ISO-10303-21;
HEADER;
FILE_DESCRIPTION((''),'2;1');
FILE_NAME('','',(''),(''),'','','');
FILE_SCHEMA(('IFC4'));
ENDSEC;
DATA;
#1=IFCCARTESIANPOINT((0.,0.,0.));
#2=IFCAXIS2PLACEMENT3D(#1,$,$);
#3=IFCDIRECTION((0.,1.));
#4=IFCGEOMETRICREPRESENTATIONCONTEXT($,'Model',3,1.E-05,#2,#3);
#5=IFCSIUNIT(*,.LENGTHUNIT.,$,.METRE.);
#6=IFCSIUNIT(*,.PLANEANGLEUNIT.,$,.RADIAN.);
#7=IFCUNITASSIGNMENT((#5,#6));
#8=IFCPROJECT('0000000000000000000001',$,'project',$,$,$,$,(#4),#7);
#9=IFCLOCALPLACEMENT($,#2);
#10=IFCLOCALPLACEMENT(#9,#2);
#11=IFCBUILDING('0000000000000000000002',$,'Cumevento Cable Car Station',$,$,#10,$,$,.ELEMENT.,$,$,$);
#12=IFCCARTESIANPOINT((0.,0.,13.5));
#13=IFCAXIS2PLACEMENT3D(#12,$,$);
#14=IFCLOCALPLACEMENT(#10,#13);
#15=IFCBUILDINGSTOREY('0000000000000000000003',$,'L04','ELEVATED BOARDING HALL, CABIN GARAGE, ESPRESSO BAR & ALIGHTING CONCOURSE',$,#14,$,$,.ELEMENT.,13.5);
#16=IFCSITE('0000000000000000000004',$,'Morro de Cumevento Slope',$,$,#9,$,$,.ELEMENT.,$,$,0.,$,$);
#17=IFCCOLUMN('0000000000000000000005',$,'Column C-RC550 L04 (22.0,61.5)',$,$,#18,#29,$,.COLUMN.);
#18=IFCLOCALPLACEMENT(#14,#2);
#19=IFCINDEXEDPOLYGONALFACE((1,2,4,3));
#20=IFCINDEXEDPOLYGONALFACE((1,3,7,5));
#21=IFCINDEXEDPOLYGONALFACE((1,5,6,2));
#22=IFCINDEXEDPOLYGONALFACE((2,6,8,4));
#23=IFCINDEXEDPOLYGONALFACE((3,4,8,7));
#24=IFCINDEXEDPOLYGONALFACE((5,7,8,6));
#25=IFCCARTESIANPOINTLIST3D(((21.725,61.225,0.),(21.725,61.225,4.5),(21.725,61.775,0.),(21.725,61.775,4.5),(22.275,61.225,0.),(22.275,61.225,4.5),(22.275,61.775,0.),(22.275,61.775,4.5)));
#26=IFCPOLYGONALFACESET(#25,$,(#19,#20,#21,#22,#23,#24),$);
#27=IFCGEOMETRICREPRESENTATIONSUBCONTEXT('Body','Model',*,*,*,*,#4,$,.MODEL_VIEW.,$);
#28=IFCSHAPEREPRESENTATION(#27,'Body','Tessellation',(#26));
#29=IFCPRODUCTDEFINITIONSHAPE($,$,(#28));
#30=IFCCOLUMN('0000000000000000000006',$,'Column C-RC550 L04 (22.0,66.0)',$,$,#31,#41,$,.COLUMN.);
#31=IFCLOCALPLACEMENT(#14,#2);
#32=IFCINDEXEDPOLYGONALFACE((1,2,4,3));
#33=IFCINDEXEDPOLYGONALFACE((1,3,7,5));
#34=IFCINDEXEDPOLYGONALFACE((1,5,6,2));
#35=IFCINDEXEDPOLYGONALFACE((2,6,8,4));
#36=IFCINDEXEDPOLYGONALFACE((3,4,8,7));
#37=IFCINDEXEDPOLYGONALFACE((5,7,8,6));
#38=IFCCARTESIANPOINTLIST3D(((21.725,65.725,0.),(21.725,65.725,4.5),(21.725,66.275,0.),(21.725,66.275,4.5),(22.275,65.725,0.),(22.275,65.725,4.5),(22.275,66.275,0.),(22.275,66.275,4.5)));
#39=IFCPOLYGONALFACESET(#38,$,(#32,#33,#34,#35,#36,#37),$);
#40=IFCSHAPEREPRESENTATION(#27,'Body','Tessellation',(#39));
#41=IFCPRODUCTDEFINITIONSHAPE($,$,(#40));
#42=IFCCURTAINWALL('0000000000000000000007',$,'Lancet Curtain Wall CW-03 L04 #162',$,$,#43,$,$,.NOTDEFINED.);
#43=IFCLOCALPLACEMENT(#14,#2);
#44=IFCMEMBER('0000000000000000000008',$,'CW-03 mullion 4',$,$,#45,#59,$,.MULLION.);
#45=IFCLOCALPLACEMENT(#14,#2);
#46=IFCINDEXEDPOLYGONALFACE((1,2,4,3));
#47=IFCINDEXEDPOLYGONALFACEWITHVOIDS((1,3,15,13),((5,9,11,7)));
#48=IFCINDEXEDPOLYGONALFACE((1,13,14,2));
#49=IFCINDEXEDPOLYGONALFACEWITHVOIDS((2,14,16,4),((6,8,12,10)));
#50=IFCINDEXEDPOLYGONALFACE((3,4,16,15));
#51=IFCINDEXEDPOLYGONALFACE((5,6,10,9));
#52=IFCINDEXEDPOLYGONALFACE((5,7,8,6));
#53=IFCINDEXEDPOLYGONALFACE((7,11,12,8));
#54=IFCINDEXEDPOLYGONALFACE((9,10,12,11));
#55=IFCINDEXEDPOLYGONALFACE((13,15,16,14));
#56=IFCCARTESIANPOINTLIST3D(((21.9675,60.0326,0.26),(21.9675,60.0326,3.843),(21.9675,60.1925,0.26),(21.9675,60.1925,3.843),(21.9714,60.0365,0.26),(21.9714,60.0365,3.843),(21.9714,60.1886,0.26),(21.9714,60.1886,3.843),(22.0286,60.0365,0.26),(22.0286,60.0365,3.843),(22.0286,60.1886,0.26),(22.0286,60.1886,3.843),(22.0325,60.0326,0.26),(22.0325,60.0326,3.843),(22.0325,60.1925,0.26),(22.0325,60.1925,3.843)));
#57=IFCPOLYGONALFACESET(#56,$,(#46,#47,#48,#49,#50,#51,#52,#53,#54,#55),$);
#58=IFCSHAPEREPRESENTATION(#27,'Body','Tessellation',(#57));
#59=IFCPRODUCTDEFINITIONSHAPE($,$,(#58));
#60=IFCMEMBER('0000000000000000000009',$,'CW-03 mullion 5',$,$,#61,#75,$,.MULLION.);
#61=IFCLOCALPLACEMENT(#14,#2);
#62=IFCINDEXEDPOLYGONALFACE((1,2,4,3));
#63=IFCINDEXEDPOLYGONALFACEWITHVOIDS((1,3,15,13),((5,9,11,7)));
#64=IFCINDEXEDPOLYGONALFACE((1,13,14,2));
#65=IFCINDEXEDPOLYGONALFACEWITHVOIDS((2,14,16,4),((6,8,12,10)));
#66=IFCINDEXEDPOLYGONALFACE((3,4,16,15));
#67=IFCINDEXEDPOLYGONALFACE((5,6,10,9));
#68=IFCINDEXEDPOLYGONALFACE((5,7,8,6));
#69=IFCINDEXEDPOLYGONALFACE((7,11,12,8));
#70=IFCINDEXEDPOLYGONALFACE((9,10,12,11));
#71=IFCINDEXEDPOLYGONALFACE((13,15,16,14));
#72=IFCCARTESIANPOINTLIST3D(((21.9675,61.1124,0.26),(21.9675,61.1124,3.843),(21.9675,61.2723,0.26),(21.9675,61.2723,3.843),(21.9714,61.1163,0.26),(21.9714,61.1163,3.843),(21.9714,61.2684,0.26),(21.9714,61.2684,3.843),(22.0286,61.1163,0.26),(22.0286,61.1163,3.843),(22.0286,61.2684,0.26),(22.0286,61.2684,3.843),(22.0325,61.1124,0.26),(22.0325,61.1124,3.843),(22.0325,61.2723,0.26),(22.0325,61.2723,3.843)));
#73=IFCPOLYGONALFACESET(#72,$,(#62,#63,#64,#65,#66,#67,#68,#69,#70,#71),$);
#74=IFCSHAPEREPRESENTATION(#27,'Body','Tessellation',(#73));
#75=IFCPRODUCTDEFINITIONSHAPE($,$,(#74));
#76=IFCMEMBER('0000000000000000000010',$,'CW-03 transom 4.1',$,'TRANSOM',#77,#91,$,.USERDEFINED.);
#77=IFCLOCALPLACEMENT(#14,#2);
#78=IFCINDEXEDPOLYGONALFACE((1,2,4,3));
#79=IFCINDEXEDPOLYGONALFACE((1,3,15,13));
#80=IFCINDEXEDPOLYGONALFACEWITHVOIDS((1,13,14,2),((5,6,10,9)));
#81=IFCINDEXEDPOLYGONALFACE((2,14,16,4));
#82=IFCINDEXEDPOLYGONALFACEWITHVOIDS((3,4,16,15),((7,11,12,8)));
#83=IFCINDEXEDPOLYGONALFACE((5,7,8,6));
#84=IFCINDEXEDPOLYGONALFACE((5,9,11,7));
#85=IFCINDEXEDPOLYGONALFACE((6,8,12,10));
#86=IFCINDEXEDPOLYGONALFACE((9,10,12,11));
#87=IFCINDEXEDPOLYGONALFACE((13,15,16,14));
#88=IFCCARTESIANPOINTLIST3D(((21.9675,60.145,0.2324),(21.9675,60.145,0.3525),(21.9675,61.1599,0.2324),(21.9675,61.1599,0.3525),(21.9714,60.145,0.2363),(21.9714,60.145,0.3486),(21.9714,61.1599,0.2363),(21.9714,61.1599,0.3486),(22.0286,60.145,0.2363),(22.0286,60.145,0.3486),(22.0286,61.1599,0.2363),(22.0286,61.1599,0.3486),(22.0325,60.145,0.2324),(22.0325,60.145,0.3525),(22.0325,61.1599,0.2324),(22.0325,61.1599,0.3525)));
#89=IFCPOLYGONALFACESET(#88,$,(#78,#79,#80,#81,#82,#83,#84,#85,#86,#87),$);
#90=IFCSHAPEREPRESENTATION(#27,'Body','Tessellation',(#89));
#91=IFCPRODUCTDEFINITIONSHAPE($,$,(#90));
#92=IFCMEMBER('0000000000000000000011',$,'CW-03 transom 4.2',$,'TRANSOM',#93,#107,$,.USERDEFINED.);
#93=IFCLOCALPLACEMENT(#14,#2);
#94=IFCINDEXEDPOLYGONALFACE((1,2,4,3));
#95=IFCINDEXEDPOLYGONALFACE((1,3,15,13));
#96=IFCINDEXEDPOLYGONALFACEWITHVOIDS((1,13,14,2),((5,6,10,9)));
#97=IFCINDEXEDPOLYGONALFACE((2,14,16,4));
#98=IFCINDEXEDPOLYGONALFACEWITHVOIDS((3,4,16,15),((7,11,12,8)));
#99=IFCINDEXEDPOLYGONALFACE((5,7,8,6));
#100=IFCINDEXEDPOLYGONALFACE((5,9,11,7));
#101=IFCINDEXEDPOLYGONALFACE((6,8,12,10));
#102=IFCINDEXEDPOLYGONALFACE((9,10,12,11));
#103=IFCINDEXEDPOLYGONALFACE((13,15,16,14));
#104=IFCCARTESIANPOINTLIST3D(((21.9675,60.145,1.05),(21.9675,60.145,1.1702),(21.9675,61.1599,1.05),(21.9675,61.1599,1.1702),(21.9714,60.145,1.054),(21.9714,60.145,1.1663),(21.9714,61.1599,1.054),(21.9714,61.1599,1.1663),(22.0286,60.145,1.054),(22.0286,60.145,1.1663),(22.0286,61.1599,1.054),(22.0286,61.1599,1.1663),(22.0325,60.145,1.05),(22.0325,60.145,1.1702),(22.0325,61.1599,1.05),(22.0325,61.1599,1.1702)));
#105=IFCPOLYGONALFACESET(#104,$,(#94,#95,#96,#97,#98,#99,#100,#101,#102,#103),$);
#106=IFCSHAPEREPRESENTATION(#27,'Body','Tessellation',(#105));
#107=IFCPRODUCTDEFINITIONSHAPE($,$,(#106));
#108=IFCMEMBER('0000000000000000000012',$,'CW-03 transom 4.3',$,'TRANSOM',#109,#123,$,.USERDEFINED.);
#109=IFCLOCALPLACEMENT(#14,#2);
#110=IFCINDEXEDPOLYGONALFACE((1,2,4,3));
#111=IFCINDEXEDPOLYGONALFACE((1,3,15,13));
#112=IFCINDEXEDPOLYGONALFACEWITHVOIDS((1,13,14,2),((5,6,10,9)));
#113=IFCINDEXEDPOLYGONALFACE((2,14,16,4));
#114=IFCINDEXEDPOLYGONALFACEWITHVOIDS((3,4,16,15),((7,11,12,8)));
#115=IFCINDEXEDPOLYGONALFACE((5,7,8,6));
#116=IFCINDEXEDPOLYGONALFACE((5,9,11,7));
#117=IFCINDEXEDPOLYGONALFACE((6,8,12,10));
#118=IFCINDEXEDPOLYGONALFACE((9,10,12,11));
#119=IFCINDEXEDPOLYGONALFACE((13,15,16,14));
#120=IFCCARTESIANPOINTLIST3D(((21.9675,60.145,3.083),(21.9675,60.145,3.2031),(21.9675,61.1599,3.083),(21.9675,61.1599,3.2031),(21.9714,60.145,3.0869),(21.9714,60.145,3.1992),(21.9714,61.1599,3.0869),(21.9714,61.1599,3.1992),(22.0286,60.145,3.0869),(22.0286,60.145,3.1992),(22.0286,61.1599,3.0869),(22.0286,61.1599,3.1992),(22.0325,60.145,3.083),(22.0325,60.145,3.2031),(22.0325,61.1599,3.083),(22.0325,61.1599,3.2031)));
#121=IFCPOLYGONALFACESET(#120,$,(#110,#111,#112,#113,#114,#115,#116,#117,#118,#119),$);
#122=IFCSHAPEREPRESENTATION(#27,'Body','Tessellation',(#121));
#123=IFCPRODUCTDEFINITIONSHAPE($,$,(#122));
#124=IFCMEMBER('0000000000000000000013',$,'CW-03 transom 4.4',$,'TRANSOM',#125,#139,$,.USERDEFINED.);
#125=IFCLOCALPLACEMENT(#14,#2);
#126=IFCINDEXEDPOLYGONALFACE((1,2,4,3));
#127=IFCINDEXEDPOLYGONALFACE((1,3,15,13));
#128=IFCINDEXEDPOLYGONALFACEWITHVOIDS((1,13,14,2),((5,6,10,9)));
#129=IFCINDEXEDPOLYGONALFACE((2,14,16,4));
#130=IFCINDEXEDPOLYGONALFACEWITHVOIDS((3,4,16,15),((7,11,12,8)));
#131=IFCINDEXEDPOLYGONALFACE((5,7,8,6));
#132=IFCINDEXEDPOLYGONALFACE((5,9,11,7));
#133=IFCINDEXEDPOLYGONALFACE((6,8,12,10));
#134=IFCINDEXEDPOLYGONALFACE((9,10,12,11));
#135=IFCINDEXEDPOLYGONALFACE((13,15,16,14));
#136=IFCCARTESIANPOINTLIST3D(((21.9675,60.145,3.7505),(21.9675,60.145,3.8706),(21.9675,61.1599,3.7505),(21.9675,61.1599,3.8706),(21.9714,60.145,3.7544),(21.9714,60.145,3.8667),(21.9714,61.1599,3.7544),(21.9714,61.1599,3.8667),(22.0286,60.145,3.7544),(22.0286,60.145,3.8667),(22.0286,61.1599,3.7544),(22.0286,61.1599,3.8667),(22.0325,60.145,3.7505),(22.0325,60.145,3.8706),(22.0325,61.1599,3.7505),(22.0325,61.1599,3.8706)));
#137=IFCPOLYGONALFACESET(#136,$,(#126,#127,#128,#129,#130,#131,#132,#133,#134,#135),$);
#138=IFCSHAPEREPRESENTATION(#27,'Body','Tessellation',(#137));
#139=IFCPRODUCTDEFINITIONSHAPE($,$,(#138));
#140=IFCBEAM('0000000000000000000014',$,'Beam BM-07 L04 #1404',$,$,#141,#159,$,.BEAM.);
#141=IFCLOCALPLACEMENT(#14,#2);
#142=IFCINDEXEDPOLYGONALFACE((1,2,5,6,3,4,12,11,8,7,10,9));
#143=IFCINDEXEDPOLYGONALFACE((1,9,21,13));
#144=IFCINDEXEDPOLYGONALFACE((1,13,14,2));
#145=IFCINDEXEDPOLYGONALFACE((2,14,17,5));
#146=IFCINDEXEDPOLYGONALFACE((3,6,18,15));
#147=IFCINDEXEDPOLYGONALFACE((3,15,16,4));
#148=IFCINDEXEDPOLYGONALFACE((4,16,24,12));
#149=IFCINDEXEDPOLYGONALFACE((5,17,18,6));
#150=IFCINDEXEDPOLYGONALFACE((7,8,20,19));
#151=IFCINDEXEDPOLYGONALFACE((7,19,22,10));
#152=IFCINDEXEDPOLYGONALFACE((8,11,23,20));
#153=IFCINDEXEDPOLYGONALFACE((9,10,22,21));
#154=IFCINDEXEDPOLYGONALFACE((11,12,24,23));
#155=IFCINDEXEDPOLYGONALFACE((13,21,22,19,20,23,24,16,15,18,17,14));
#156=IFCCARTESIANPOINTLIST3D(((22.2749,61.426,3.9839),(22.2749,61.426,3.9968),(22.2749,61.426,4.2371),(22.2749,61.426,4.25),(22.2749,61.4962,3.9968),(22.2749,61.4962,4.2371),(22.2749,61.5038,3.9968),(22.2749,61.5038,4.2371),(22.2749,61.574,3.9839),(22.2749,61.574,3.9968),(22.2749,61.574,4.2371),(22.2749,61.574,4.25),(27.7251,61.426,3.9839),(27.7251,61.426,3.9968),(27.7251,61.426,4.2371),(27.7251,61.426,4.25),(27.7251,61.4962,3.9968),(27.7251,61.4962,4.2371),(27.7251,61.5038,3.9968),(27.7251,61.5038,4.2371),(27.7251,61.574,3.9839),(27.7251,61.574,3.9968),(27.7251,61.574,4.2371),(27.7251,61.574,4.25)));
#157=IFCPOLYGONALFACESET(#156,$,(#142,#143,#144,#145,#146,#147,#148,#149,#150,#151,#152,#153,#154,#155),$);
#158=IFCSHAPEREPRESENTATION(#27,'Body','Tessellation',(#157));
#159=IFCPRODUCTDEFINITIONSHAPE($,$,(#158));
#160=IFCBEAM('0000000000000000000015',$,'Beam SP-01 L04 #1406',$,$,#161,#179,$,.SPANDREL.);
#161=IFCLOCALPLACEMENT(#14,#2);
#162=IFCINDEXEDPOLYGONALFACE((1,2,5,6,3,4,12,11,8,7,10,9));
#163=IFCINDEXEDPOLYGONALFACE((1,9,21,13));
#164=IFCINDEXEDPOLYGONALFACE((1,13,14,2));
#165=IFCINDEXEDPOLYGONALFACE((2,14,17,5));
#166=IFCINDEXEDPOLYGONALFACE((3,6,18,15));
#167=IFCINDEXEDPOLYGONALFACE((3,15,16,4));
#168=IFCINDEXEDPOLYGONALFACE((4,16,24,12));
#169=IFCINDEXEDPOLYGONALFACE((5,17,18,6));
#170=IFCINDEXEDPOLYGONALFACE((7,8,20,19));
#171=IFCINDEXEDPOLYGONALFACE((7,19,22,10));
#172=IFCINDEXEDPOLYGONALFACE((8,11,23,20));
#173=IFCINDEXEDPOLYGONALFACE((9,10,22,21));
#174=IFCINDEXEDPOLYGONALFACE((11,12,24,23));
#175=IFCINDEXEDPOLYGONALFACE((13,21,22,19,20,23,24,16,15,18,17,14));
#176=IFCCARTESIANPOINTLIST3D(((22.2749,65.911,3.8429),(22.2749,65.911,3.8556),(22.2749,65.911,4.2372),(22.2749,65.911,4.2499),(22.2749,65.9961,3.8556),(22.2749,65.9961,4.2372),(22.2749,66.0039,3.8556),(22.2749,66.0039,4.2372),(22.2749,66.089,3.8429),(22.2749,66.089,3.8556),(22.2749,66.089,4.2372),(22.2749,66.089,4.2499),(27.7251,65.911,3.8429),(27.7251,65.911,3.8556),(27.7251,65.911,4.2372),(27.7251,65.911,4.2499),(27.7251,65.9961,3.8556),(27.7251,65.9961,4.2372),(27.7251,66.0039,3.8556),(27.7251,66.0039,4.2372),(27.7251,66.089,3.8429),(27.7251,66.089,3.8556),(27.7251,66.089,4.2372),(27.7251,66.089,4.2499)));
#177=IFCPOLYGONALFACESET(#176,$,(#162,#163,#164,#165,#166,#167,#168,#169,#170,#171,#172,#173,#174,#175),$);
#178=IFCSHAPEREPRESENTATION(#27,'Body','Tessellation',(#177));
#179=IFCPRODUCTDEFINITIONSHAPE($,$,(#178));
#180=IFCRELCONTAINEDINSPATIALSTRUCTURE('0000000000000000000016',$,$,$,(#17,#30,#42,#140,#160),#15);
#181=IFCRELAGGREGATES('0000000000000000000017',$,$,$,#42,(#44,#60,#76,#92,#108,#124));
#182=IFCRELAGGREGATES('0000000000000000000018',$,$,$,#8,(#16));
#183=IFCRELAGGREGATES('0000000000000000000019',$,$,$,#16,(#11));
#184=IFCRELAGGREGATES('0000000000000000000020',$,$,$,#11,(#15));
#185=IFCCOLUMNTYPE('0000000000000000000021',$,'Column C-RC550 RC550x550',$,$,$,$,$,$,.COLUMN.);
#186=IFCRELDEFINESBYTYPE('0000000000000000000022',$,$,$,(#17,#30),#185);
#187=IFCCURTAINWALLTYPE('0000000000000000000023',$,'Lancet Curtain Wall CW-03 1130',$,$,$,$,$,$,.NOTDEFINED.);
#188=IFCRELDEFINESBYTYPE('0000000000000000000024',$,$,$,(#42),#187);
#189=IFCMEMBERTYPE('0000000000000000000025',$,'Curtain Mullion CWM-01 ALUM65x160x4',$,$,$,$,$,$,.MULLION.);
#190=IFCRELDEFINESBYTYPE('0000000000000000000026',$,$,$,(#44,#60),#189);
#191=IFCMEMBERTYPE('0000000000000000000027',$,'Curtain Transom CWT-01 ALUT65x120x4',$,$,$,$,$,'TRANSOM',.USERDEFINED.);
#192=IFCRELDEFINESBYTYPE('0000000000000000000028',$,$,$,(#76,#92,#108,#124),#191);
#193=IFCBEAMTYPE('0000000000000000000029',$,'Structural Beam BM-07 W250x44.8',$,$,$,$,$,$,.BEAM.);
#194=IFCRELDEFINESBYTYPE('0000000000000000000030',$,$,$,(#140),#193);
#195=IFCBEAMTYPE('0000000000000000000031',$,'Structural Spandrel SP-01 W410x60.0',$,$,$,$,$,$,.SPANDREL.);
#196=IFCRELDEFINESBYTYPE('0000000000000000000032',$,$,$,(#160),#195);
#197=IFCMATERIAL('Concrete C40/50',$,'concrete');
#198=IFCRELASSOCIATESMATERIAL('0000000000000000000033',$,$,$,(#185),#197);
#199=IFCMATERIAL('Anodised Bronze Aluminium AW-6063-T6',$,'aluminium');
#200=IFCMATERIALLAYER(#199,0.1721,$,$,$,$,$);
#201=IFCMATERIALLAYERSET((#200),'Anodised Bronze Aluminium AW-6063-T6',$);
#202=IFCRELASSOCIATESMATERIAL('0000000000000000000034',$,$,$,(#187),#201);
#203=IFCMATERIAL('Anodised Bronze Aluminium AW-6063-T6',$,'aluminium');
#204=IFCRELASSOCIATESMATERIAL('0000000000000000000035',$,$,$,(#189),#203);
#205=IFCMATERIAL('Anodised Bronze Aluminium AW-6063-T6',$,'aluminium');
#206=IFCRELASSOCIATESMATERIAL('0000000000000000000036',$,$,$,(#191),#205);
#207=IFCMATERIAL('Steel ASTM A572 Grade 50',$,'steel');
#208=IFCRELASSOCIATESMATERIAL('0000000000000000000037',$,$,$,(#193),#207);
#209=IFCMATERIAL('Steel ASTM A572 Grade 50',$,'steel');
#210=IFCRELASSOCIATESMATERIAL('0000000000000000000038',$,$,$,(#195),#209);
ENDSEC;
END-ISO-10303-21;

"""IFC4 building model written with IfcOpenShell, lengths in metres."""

from ifc_helpers import new_model, si_unit, direction, frame, origin, origin_2d, place, context, subcontext, project, spatial, rectangle, hollow_rectangle, i_section, extrude, material, layer, layer_set, material_profile, profile_set, type_object, element, aggregate, save


model = new_model("IFC4")

# Units and contexts
model_context = context("Model", 3, precision=1e-05, world=origin(), true_north=direction((0.0, 1.0)))
body_context = subcontext(model_context, "Body", "Model", "MODEL_VIEW")
ifc_project = project(units=[si_unit("LENGTHUNIT", "METRE"), si_unit("PLANEANGLEUNIT", "RADIAN")], contexts=[model_context])

# Site, building, storey
site_placement = place(None, origin())
site = spatial("IfcSite", under=ifc_project, at=site_placement, Name="Morro de Cumevento Slope", CompositionType="ELEMENT", RefElevation=0.0)
building_placement = place(site_placement, origin())
building = spatial("IfcBuilding", under=site, at=building_placement, Name="Cumevento Cable Car Station", CompositionType="ELEMENT")
storey_placement = place(building_placement, frame((0.0, 0.0, 13.5)))
storey = spatial("IfcBuildingStorey", under=building, at=storey_placement, Name="L04", Description="ELEVATED BOARDING HALL, CABIN GARAGE, ESPRESSO BAR & ALIGHTING CONCOURSE", CompositionType="ELEMENT", Elevation=13.5)

# Columns
ifc_material_1 = material(Name="Concrete C40/50", Category="concrete")
ifc_material_profile_1 = material_profile(ifc_material_1, rectangle(XDim=0.55, YDim=0.55, at=origin_2d()), Name="RC550x550")
ifc_profile_set_1 = profile_set([ifc_material_profile_1], Name="Concrete C40/50")
column_type = type_object("IfcColumnType", Name="Column C-RC550 RC550x550", PredefinedType="COLUMN", material=ifc_profile_set_1)
for number, where, z_axis, x_axis, name in (
    (1, (22.0, 61.5, 0.0), (0.0, 0.0, 1.0), (1.0, 0.0, 0.0), "Column C-RC550 L04 (22.0,61.5)"),
    (2, (22.0, 66.0, 0.0), (0.0, 0.0, 1.0), (1.0, 0.0, 0.0), "Column C-RC550 L04 (22.0,66.0)"),
):
    element("IfcColumn", number, at=place(storey_placement, frame(where, z_axis=z_axis, x_axis=x_axis)), inside=storey, type_object=column_type, Name=name, PredefinedType="COLUMN", context=body_context, shape_type="SweptSolid", body=[
        extrude(rectangle(XDim=0.55, YDim=0.55, at=origin_2d()), origin(), (0.0, 0.0, 1.0), 4.5),
    ])

# Curtain wall, members
ifc_material_2 = material(Name="Anodised Bronze Aluminium AW-6063-T6", Category="aluminium")
ifc_layer_1 = layer(ifc_material_2, 0.1721)
ifc_layer_set_1 = layer_set([ifc_layer_1], Name="Anodised Bronze Aluminium AW-6063-T6")
curtain_wall_type = type_object("IfcCurtainWallType", Name="Lancet Curtain Wall CW-03 1130", PredefinedType="NOTDEFINED", material=ifc_layer_set_1)
curtain_wall_placement = place(storey_placement, origin())
curtain_wall = element("IfcCurtainWall", 3, at=curtain_wall_placement, inside=storey, type_object=curtain_wall_type, Name="Lancet Curtain Wall CW-03 L04 #162", PredefinedType="NOTDEFINED")
ifc_material_3 = material(Name="Anodised Bronze Aluminium AW-6063-T6", Category="aluminium")
ifc_material_profile_2 = material_profile(ifc_material_3, hollow_rectangle(XDim=0.0649, YDim=0.1599, WallThickness=0.0039, at=origin_2d()), Name="ALUM65x160x4")
ifc_profile_set_2 = profile_set([ifc_material_profile_2], Name="Anodised Bronze Aluminium AW-6063-T6")
member_type_1 = type_object("IfcMemberType", Name="Curtain Mullion CWM-01 ALUM65x160x4", PredefinedType="MULLION", material=ifc_profile_set_2)
member_1_placement = place(storey_placement, frame((22.0, 60.1125, 0.26), z_axis=(0.0, 0.0, 1.0), x_axis=(-1.0, 0.0, 0.0)))
member_1 = element("IfcMember", 4, at=member_1_placement, type_object=member_type_1, Name="CW-03 mullion 4", PredefinedType="MULLION", context=body_context, shape_type="SweptSolid", body=[
    extrude(hollow_rectangle(XDim=0.0649, YDim=0.1599, WallThickness=0.0039, at=origin_2d()), origin(), (0.0, 0.0, 1.0), 3.583),
])
member_2_placement = place(storey_placement, frame((22.0, 61.1924, 0.26), z_axis=(0.0, 0.0, 1.0), x_axis=(-1.0, 0.0, 0.0)))
member_2 = element("IfcMember", 5, at=member_2_placement, type_object=member_type_1, Name="CW-03 mullion 5", PredefinedType="MULLION", context=body_context, shape_type="SweptSolid", body=[
    extrude(hollow_rectangle(XDim=0.0649, YDim=0.1599, WallThickness=0.0039, at=origin_2d()), origin(), (0.0, 0.0, 1.0), 3.583),
])
ifc_material_4 = material(Name="Anodised Bronze Aluminium AW-6063-T6", Category="aluminium")
ifc_material_profile_3 = material_profile(ifc_material_4, hollow_rectangle(XDim=0.0649, YDim=0.1201, WallThickness=0.0039, at=origin_2d()), Name="ALUT65x120x4")
ifc_profile_set_3 = profile_set([ifc_material_profile_3], Name="Anodised Bronze Aluminium AW-6063-T6")
member_type_2 = type_object("IfcMemberType", Name="Curtain Transom CWT-01 ALUT65x120x4", ElementType="TRANSOM", PredefinedType="USERDEFINED", material=ifc_profile_set_3)
member_3_placement = place(storey_placement, frame((22.0, 60.145, 0.2925), z_axis=(0.0, 1.0, 0.0), x_axis=(-1.0, 0.0, 0.0)))
member_3 = element("IfcMember", 6, at=member_3_placement, type_object=member_type_2, Name="CW-03 transom 4.1", ObjectType="TRANSOM", PredefinedType="USERDEFINED", context=body_context, shape_type="SweptSolid", body=[
    extrude(hollow_rectangle(XDim=0.0649, YDim=0.1201, WallThickness=0.0039, at=origin_2d()), origin(), (0.0, 0.0, 1.0), 1.0149),
])
member_4_placement = place(storey_placement, frame((22.0, 60.145, 1.1101), z_axis=(0.0, 1.0, 0.0), x_axis=(-1.0, 0.0, 0.0)))
member_4 = element("IfcMember", 7, at=member_4_placement, type_object=member_type_2, Name="CW-03 transom 4.2", ObjectType="TRANSOM", PredefinedType="USERDEFINED", context=body_context, shape_type="SweptSolid", body=[
    extrude(hollow_rectangle(XDim=0.0649, YDim=0.1201, WallThickness=0.0039, at=origin_2d()), origin(), (0.0, 0.0, 1.0), 1.0149),
])
member_5_placement = place(storey_placement, frame((22.0, 60.145, 3.1431), z_axis=(0.0, 1.0, 0.0), x_axis=(-1.0, 0.0, 0.0)))
member_5 = element("IfcMember", 8, at=member_5_placement, type_object=member_type_2, Name="CW-03 transom 4.3", ObjectType="TRANSOM", PredefinedType="USERDEFINED", context=body_context, shape_type="SweptSolid", body=[
    extrude(hollow_rectangle(XDim=0.0649, YDim=0.1201, WallThickness=0.0039, at=origin_2d()), origin(), (0.0, 0.0, 1.0), 1.0149),
])
member_6_placement = place(storey_placement, frame((22.0, 60.145, 3.8105), z_axis=(0.0, 1.0, 0.0), x_axis=(-1.0, 0.0, 0.0)))
member_6 = element("IfcMember", 9, at=member_6_placement, type_object=member_type_2, Name="CW-03 transom 4.4", ObjectType="TRANSOM", PredefinedType="USERDEFINED", context=body_context, shape_type="SweptSolid", body=[
    extrude(hollow_rectangle(XDim=0.0649, YDim=0.1201, WallThickness=0.0039, at=origin_2d()), origin(), (0.0, 0.0, 1.0), 1.0149),
])

# Beams
ifc_material_5 = material(Name="Steel ASTM A572 Grade 50", Category="steel")
ifc_material_profile_4 = material_profile(ifc_material_5, i_section(OverallWidth=0.1479, OverallDepth=0.2661, WebThickness=0.0076, FlangeThickness=0.0129, at=origin_2d()), Name="W250x44.8")
ifc_profile_set_4 = profile_set([ifc_material_profile_4], Name="Steel ASTM A572 Grade 50")
beam_type_1 = type_object("IfcBeamType", Name="Structural Beam BM-07 W250x44.8", PredefinedType="BEAM", material=ifc_profile_set_4)
beam_1_placement = place(storey_placement, frame((22.2749, 61.5, 4.1169), z_axis=(1.0, 0.0, 0.0), x_axis=(0.0, 1.0, 0.0)))
element("IfcBeam", 10, at=beam_1_placement, inside=storey, type_object=beam_type_1, Name="Beam BM-07 L04 #1404", PredefinedType="BEAM", context=body_context, shape_type="SweptSolid", body=[
    extrude(i_section(OverallWidth=0.1479, OverallDepth=0.2661, WebThickness=0.0076, FlangeThickness=0.0129, at=origin_2d()), origin(), (0.0, 0.0, 1.0), 5.4502),
])
ifc_material_6 = material(Name="Steel ASTM A572 Grade 50", Category="steel")
ifc_material_profile_5 = material_profile(ifc_material_6, i_section(OverallWidth=0.178, OverallDepth=0.407, WebThickness=0.0078, FlangeThickness=0.0127, at=origin_2d()), Name="W410x60.0")
ifc_profile_set_5 = profile_set([ifc_material_profile_5], Name="Steel ASTM A572 Grade 50")
beam_type_2 = type_object("IfcBeamType", Name="Structural Spandrel SP-01 W410x60.0", PredefinedType="SPANDREL", material=ifc_profile_set_5)
beam_2_placement = place(storey_placement, frame((22.2749, 66.0, 4.0464), z_axis=(1.0, 0.0, 0.0), x_axis=(0.0, 1.0, 0.0)))
element("IfcBeam", 11, at=beam_2_placement, inside=storey, type_object=beam_type_2, Name="Beam SP-01 L04 #1406", PredefinedType="SPANDREL", context=body_context, shape_type="SweptSolid", body=[
    extrude(i_section(OverallWidth=0.178, OverallDepth=0.407, WebThickness=0.0078, FlangeThickness=0.0127, at=origin_2d()), origin(), (0.0, 0.0, 1.0), 5.4502),
])

aggregate(curtain_wall, [member_1, member_2, member_3, member_4, member_5, member_6])

save(model, "model.ifc")
